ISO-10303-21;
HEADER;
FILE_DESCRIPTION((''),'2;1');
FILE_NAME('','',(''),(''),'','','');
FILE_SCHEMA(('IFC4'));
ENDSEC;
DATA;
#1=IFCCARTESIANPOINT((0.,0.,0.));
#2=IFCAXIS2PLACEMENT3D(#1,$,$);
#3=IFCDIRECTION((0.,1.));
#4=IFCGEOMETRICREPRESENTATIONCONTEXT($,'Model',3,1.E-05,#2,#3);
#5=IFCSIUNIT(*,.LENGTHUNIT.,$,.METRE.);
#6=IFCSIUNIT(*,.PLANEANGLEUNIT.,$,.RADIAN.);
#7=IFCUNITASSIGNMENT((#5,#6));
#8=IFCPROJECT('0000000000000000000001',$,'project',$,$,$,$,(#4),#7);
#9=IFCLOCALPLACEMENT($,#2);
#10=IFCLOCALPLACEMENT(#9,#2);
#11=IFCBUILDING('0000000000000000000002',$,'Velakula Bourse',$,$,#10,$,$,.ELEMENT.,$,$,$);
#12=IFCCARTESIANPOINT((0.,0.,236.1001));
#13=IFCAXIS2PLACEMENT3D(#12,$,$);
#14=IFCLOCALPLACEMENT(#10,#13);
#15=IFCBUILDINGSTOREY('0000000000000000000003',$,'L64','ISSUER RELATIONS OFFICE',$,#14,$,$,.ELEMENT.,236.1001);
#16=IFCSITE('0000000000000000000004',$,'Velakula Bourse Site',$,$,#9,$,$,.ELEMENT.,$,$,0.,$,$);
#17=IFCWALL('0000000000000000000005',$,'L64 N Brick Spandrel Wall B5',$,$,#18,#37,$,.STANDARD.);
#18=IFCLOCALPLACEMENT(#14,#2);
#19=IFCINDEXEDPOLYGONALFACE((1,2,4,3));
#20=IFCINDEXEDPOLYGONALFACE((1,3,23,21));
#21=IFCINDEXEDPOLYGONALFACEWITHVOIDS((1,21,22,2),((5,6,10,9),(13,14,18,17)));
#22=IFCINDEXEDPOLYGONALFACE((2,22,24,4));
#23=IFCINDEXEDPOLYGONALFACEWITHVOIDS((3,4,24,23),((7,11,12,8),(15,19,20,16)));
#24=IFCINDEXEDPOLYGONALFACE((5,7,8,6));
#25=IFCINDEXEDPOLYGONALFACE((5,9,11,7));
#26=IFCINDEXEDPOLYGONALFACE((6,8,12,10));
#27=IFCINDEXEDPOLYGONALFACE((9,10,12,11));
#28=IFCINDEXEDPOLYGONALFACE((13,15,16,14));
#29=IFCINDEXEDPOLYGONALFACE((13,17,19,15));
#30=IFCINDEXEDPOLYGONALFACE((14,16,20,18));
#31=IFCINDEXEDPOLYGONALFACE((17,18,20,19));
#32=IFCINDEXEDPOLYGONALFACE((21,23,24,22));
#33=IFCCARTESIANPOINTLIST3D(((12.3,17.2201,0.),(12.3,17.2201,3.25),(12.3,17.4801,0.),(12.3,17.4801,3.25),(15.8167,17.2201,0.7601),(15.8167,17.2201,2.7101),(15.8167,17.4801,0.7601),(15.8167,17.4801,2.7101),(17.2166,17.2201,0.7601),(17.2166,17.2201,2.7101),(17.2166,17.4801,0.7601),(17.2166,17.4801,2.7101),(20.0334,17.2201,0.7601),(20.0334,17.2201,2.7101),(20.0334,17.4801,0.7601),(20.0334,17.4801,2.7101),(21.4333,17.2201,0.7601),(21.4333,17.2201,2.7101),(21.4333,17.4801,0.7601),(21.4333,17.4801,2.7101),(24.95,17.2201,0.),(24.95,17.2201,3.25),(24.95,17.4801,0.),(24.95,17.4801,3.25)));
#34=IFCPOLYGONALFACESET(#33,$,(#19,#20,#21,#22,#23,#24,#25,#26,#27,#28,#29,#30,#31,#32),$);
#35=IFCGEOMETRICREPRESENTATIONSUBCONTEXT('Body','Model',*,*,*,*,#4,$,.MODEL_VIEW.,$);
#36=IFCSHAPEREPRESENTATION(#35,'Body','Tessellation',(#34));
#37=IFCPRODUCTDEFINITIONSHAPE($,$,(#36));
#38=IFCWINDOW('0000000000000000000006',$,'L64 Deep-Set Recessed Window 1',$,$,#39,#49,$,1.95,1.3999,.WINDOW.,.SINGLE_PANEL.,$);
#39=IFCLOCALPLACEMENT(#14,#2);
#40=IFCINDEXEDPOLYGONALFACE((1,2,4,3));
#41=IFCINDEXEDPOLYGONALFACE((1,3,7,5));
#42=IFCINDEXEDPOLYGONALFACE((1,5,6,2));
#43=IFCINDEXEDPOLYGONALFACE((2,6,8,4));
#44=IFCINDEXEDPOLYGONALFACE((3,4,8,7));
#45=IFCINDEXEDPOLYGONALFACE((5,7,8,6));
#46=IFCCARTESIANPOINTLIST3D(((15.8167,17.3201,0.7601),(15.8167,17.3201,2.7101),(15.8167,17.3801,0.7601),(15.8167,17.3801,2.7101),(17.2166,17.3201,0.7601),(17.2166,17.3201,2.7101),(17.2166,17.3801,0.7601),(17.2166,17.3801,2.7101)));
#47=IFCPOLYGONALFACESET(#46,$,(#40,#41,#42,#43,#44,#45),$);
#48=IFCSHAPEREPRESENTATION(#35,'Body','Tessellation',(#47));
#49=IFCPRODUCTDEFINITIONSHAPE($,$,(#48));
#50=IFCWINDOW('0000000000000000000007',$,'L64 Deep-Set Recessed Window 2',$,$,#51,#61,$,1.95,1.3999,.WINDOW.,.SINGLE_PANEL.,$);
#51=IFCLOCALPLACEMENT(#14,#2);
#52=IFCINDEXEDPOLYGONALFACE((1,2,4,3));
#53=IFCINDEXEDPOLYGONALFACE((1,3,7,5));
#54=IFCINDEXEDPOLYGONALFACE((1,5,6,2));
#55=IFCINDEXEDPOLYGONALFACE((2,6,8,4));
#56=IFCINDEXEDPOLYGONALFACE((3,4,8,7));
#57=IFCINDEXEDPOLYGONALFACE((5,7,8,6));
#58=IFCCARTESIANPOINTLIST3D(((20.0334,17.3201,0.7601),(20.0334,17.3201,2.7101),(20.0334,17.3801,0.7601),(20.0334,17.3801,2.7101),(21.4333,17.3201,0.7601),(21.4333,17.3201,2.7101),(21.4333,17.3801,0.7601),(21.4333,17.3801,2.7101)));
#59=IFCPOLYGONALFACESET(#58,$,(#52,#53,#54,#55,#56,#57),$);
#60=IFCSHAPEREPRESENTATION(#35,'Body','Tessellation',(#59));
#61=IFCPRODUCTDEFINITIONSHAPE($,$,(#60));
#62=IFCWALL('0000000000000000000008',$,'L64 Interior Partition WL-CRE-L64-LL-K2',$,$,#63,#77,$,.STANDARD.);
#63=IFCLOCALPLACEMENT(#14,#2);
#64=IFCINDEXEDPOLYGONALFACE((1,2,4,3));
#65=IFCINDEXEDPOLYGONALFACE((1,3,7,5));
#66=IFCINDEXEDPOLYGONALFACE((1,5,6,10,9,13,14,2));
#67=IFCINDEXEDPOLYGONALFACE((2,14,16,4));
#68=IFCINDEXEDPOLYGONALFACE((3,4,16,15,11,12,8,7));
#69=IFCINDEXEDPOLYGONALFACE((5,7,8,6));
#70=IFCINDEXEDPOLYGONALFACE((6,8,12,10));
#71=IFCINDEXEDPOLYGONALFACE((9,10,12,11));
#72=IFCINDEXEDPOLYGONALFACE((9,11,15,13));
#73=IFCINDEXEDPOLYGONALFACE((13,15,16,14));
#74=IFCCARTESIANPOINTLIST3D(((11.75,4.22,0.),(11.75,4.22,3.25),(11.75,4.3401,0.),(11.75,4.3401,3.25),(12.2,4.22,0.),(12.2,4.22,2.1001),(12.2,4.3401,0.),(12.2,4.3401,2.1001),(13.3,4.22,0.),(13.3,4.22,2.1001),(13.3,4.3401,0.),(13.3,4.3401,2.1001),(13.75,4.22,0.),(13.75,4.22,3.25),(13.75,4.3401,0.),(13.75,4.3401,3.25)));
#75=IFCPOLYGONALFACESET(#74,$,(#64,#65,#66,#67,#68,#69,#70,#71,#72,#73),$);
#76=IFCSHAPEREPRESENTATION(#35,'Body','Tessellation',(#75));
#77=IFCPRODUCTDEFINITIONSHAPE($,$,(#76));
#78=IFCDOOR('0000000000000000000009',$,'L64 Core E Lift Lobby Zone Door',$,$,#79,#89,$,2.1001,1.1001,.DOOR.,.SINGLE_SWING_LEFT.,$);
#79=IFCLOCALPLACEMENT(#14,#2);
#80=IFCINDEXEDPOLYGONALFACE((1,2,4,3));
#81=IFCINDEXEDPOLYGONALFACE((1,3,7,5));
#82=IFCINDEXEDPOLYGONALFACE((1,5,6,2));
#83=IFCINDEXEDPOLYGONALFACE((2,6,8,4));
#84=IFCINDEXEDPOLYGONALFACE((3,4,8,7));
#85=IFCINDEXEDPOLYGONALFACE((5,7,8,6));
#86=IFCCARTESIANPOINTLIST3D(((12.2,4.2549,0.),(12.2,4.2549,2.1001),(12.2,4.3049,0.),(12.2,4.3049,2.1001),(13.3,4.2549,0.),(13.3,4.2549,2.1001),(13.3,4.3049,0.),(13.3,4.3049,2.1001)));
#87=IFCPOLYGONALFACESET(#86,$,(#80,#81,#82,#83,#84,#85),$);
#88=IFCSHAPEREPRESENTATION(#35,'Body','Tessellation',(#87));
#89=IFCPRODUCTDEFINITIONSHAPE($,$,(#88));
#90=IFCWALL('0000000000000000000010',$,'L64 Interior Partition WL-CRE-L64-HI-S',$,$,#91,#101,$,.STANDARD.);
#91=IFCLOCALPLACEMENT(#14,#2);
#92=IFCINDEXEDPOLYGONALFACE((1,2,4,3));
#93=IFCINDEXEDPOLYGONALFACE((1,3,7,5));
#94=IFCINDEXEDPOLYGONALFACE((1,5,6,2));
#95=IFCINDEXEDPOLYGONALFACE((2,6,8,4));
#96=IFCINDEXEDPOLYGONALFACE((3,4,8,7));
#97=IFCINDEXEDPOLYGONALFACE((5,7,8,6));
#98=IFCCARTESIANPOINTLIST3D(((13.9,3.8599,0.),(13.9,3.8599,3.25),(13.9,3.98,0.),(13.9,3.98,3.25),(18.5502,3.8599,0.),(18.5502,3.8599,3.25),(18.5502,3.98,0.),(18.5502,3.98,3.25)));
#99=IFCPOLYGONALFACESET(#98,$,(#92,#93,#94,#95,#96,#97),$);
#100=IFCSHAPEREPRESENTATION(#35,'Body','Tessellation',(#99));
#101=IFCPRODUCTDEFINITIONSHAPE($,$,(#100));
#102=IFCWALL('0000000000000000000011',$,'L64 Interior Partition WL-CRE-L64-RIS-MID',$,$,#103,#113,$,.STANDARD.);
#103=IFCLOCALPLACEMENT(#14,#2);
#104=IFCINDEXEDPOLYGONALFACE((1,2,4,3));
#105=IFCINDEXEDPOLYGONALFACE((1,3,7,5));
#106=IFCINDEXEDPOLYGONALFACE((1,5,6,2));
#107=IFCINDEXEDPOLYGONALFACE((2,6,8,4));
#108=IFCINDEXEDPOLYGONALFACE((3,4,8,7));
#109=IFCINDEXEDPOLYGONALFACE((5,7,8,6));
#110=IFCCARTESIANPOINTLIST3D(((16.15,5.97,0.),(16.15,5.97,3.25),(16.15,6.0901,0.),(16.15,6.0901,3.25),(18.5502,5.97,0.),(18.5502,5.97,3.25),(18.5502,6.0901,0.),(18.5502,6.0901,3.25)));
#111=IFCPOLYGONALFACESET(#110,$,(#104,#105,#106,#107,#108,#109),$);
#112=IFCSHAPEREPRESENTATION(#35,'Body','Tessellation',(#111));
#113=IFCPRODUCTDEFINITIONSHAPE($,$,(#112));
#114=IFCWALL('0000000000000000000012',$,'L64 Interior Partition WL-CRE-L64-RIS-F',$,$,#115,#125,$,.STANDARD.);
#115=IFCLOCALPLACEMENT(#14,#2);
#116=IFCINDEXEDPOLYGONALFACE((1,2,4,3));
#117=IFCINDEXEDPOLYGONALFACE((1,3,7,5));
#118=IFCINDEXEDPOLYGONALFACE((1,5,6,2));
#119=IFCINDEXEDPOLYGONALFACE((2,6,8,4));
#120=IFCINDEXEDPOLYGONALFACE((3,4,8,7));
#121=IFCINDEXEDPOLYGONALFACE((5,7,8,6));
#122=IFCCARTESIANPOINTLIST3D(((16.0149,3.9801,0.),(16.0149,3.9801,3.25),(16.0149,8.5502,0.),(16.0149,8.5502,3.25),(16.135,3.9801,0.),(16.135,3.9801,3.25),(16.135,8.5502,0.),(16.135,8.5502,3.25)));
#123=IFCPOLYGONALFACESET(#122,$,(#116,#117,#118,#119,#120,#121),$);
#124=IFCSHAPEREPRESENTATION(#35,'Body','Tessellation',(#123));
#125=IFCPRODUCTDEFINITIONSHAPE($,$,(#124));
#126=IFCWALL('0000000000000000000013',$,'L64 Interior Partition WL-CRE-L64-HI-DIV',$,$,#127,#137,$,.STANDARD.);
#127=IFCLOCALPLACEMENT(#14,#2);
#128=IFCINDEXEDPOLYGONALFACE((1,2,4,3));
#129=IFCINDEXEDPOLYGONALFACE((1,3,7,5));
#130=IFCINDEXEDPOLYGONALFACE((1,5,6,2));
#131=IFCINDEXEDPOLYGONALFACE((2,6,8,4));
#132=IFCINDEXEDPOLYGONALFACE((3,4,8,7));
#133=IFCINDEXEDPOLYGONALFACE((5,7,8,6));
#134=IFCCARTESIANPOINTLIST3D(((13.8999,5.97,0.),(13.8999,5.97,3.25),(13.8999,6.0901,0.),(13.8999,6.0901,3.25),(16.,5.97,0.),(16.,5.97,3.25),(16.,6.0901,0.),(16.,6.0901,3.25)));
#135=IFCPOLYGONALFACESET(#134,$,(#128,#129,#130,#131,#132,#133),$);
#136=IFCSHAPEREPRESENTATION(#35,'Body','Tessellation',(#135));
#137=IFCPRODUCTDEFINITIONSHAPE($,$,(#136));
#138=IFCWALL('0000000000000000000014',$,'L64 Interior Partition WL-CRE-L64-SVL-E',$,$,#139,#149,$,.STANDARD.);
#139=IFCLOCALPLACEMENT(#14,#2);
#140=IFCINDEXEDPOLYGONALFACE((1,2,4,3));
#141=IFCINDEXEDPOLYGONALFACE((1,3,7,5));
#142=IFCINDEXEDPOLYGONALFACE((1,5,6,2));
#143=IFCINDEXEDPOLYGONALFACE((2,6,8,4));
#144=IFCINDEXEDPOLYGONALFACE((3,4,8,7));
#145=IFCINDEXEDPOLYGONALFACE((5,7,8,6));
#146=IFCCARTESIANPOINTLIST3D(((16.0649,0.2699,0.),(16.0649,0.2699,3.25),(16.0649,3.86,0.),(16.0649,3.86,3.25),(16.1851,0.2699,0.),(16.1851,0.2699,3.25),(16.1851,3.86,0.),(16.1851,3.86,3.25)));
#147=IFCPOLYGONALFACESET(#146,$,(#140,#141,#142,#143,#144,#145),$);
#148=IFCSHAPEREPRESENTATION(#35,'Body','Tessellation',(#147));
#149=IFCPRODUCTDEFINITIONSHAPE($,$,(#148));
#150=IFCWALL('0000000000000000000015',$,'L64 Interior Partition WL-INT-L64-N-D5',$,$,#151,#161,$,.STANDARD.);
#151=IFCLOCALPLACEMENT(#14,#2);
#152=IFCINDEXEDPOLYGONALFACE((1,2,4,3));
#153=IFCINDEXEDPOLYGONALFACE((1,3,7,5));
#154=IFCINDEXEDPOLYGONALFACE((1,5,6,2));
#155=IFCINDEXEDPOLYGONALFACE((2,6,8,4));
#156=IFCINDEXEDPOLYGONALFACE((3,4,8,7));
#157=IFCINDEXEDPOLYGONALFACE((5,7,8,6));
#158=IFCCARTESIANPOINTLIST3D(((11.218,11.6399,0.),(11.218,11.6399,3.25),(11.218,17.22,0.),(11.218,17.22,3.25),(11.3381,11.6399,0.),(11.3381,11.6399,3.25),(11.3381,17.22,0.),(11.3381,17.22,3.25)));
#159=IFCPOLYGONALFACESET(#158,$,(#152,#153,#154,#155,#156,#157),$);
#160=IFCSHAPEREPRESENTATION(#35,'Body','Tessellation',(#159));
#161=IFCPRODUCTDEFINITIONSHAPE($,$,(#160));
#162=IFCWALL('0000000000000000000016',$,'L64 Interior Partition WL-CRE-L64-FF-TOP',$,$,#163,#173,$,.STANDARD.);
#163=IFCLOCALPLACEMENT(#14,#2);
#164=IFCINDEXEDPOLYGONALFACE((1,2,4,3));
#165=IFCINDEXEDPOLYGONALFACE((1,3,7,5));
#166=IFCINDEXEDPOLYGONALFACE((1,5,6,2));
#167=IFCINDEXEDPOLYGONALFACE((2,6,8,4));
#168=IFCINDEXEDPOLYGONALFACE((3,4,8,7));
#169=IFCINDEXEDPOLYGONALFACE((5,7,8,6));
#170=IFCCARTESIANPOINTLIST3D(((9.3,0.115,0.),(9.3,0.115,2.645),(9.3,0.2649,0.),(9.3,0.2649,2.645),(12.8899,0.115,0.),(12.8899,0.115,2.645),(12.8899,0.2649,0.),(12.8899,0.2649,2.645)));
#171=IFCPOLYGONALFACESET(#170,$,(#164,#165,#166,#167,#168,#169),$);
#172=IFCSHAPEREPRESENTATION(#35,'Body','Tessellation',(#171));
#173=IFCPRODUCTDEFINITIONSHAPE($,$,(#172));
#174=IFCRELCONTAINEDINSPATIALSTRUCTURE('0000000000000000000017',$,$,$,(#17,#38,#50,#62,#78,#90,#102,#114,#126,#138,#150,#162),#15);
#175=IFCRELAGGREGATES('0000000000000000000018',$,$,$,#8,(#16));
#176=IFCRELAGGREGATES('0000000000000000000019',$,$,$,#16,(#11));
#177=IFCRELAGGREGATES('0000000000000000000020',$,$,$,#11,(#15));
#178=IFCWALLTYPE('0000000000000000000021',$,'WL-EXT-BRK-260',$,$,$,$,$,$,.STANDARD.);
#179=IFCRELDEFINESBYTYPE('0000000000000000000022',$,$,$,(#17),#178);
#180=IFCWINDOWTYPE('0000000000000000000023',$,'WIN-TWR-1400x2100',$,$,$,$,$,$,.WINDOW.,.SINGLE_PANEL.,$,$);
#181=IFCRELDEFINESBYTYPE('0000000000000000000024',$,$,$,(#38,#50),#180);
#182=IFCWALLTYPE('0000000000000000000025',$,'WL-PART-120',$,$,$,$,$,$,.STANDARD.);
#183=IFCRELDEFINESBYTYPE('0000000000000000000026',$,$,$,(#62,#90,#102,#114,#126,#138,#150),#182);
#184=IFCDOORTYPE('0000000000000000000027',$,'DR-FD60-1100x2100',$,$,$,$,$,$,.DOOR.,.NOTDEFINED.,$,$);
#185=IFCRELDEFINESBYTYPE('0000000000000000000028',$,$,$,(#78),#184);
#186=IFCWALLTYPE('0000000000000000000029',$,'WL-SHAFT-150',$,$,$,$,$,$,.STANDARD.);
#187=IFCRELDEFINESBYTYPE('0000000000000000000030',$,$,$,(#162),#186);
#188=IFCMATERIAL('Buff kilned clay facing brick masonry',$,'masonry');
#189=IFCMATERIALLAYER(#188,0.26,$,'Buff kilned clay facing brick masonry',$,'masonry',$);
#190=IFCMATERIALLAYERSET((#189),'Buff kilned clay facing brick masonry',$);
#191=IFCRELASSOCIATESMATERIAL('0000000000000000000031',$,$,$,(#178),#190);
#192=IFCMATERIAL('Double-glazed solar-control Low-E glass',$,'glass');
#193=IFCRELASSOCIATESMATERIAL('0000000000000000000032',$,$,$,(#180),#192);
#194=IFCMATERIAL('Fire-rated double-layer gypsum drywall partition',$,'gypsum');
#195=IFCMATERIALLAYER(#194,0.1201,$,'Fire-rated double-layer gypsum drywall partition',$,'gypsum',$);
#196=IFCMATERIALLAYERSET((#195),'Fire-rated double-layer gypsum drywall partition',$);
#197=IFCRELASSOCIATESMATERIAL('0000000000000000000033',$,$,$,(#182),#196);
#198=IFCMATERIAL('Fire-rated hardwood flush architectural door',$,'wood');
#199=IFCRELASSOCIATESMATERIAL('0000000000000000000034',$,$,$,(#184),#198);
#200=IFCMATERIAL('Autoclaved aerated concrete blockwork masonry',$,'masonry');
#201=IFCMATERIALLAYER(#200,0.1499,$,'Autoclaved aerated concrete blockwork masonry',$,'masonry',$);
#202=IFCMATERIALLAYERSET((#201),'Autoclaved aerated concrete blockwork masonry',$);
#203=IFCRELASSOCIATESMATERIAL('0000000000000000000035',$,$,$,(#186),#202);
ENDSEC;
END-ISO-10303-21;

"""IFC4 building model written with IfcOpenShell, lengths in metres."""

from ifc_helpers import new_model, si_unit, direction, frame, frame_2d, origin, place, context, subcontext, project, spatial, rectangle, extrude, material, layer, layer_set, type_object, element, fill, save


model = new_model("IFC4")

# Units and contexts
model_context = context("Model", 3, precision=1e-05, world=origin(), true_north=direction((0.0, 1.0)))
body_context = subcontext(model_context, "Body", "Model", "MODEL_VIEW")
ifc_project = project(units=[si_unit("LENGTHUNIT", "METRE"), si_unit("PLANEANGLEUNIT", "RADIAN")], contexts=[model_context])

# Site, building, storey
site_placement = place(None, origin())
site = spatial("IfcSite", under=ifc_project, at=site_placement, Name="Velakula Bourse Site", CompositionType="ELEMENT", RefElevation=0.0)
building_placement = place(site_placement, origin())
building = spatial("IfcBuilding", under=site, at=building_placement, Name="Velakula Bourse", CompositionType="ELEMENT")
storey_placement = place(building_placement, frame((0.0, 0.0, 236.1001)))
storey = spatial("IfcBuildingStorey", under=building, at=storey_placement, Name="L64", Description="ISSUER RELATIONS OFFICE", CompositionType="ELEMENT", Elevation=236.1001)

# Wall, openings, windows
ifc_material_1 = material(Name="Buff kilned clay facing brick masonry", Category="masonry")
ifc_layer_1 = layer(ifc_material_1, 0.26, Name="Buff kilned clay facing brick masonry", Category="masonry")
ifc_layer_set_1 = layer_set([ifc_layer_1], Name="Buff kilned clay facing brick masonry")
wall_type_1 = type_object("IfcWallType", Name="WL-EXT-BRK-260", PredefinedType="STANDARD", material=ifc_layer_set_1)
wall_1_placement = place(storey_placement, frame((12.3, 17.3501, 0.0), z_axis=(0.0, 0.0, 1.0), x_axis=(1.0, 0.0, 0.0)))
wall_1 = element("IfcWall", 1, at=wall_1_placement, inside=storey, type_object=wall_type_1, Name="L64 N Brick Spandrel Wall B5", PredefinedType="STANDARD", context=body_context, shape_type="SweptSolid", body=[
    extrude(rectangle(XDim=12.6499, YDim=0.26, at=frame_2d((6.325, 0.0))), origin(), (0.0, 0.0, 1.0), 3.25),
])
opening_1_placement = place(wall_1_placement, frame((3.5166, 0.0, 0.76)))
opening_1 = element("IfcOpeningElement", 2, at=opening_1_placement, cuts=wall_1, PredefinedType="OPENING", context=body_context, shape_type="SweptSolid", body=[
    extrude(rectangle(XDim=1.3999, YDim=1.95, at=frame_2d((0.7, 0.9751))), frame((0.0, 0.1399, 0.0), z_axis=(0.0, -1.0, 0.0), x_axis=(1.0, 0.0, 0.0)), (0.0, 0.0, 1.0), 0.28),
])
opening_2_placement = place(wall_1_placement, frame((7.7334, 0.0, 0.76)))
opening_2 = element("IfcOpeningElement", 3, at=opening_2_placement, cuts=wall_1, PredefinedType="OPENING", context=body_context, shape_type="SweptSolid", body=[
    extrude(rectangle(XDim=1.3999, YDim=1.95, at=frame_2d((0.7, 0.9751))), frame((0.0, 0.1399, 0.0), z_axis=(0.0, -1.0, 0.0), x_axis=(1.0, 0.0, 0.0)), (0.0, 0.0, 1.0), 0.28),
])
ifc_material_2 = material(Name="Double-glazed solar-control Low-E glass", Category="glass")
window_type = type_object("IfcWindowType", Name="WIN-TWR-1400x2100", PartitioningType="SINGLE_PANEL", PredefinedType="WINDOW", material=ifc_material_2)
window_1_placement = place(opening_1_placement, origin())
window_1 = element("IfcWindow", 4, at=window_1_placement, inside=storey, type_object=window_type, Name="L64 Deep-Set Recessed Window 1", OverallHeight=1.95, OverallWidth=1.3999, PartitioningType="SINGLE_PANEL", PredefinedType="WINDOW", context=body_context, shape_type="SweptSolid", body=[
    extrude(rectangle(XDim=1.3999, YDim=1.95, at=frame_2d((0.7, 0.9751))), frame((0.0, 0.03, 0.0), z_axis=(0.0, -1.0, 0.0), x_axis=(1.0, 0.0, 0.0)), (0.0, 0.0, 1.0), 0.0601),
])
fill(opening_1, window_1)
window_2_placement = place(opening_2_placement, origin())
window_2 = element("IfcWindow", 5, at=window_2_placement, inside=storey, type_object=window_type, Name="L64 Deep-Set Recessed Window 2", OverallHeight=1.95, OverallWidth=1.3999, PartitioningType="SINGLE_PANEL", PredefinedType="WINDOW", context=body_context, shape_type="SweptSolid", body=[
    extrude(rectangle(XDim=1.3999, YDim=1.95, at=frame_2d((0.7, 0.9751))), frame((0.0, 0.03, 0.0), z_axis=(0.0, -1.0, 0.0), x_axis=(1.0, 0.0, 0.0)), (0.0, 0.0, 1.0), 0.0601),
])
fill(opening_2, window_2)

# Wall, opening, door
ifc_material_3 = material(Name="Fire-rated double-layer gypsum drywall partition", Category="gypsum")
ifc_layer_2 = layer(ifc_material_3, 0.1201, Name="Fire-rated double-layer gypsum drywall partition", Category="gypsum")
ifc_layer_set_2 = layer_set([ifc_layer_2], Name="Fire-rated double-layer gypsum drywall partition")
wall_type_2 = type_object("IfcWallType", Name="WL-PART-120", PredefinedType="STANDARD", material=ifc_layer_set_2)
wall_2_placement = place(storey_placement, frame((11.75, 4.28, 0.0), z_axis=(0.0, 0.0, 1.0), x_axis=(1.0, 0.0, 0.0)))
wall_2 = element("IfcWall", 6, at=wall_2_placement, inside=storey, type_object=wall_type_2, Name="L64 Interior Partition WL-CRE-L64-LL-K2", PredefinedType="STANDARD", context=body_context, shape_type="SweptSolid", body=[
    extrude(rectangle(XDim=2.0, YDim=0.1201, at=frame_2d((1.0, 0.0))), origin(), (0.0, 0.0, 1.0), 3.25),
])
opening_3_placement = place(wall_2_placement, frame((0.45, 0.0, 0.0)))
opening_3 = element("IfcOpeningElement", 7, at=opening_3_placement, cuts=wall_2, PredefinedType="OPENING", context=body_context, shape_type="SweptSolid", body=[
    extrude(rectangle(XDim=1.1001, YDim=2.1001, at=frame_2d((0.55, 1.05))), frame((0.0, 0.0701, 0.0), z_axis=(0.0, -1.0, 0.0), x_axis=(1.0, 0.0, 0.0)), (0.0, 0.0, 1.0), 0.1401),
])
ifc_material_4 = material(Name="Fire-rated hardwood flush architectural door", Category="wood")
door_type_1 = type_object("IfcDoorType", Name="DR-FD60-1100x2100", OperationType="NOTDEFINED", PredefinedType="DOOR", material=ifc_material_4)
door_1_placement = place(opening_3_placement, origin())
door_1 = element("IfcDoor", 8, at=door_1_placement, inside=storey, type_object=door_type_1, Name="L64 Core E Lift Lobby Zone Door", OperationType="SINGLE_SWING_LEFT", OverallHeight=2.1001, OverallWidth=1.1001, PredefinedType="DOOR", context=body_context, shape_type="SweptSolid", body=[
    extrude(rectangle(XDim=1.1001, YDim=2.1001, at=frame_2d((0.55, 1.05))), frame((0.0, 0.0249, 0.0), z_axis=(0.0, -1.0, 0.0), x_axis=(1.0, 0.0, 0.0)), (0.0, 0.0, 1.0), 0.05),
])
fill(opening_3, door_1)

# Walls
wall_3_placement = place(storey_placement, frame((13.8999, 3.9199, 0.0), z_axis=(0.0, 0.0, 1.0), x_axis=(1.0, 0.0, 0.0)))
element("IfcWall", 9, at=wall_3_placement, inside=storey, type_object=wall_type_2, Name="L64 Interior Partition WL-CRE-L64-HI-S", PredefinedType="STANDARD", context=body_context, shape_type="SweptSolid", body=[
    extrude(rectangle(XDim=4.6501, YDim=0.1201, at=frame_2d((2.3252, 0.0))), origin(), (0.0, 0.0, 1.0), 3.25),
])
wall_4_placement = place(storey_placement, frame((16.1499, 6.03, 0.0), z_axis=(0.0, 0.0, 1.0), x_axis=(1.0, 0.0, 0.0)))
element("IfcWall", 10, at=wall_4_placement, inside=storey, type_object=wall_type_2, Name="L64 Interior Partition WL-CRE-L64-RIS-MID", PredefinedType="STANDARD", context=body_context, shape_type="SweptSolid", body=[
    extrude(rectangle(XDim=2.4001, YDim=0.1201, at=frame_2d((1.2002, 0.0))), origin(), (0.0, 0.0, 1.0), 3.25),
])
wall_5_placement = place(storey_placement, frame((16.075, 3.98, 0.0), z_axis=(0.0, 0.0, 1.0), x_axis=(0.0, 1.0, 0.0)))
element("IfcWall", 11, at=wall_5_placement, inside=storey, type_object=wall_type_2, Name="L64 Interior Partition WL-CRE-L64-RIS-F", PredefinedType="STANDARD", context=body_context, shape_type="SweptSolid", body=[
    extrude(rectangle(XDim=4.5701, YDim=0.1201, at=frame_2d((2.2852, 0.0))), origin(), (0.0, 0.0, 1.0), 3.25),
])
wall_6_placement = place(storey_placement, frame((13.8999, 6.03, 0.0), z_axis=(0.0, 0.0, 1.0), x_axis=(1.0, 0.0, 0.0)))
element("IfcWall", 12, at=wall_6_placement, inside=storey, type_object=wall_type_2, Name="L64 Interior Partition WL-CRE-L64-HI-DIV", PredefinedType="STANDARD", context=body_context, shape_type="SweptSolid", body=[
    extrude(rectangle(XDim=2.1001, YDim=0.1201, at=frame_2d((1.05, 0.0))), origin(), (0.0, 0.0, 1.0), 3.25),
])
wall_7_placement = place(storey_placement, frame((16.125, 0.27, 0.0), z_axis=(0.0, 0.0, 1.0), x_axis=(0.0, 1.0, 0.0)))
element("IfcWall", 13, at=wall_7_placement, inside=storey, type_object=wall_type_2, Name="L64 Interior Partition WL-CRE-L64-SVL-E", PredefinedType="STANDARD", context=body_context, shape_type="SweptSolid", body=[
    extrude(rectangle(XDim=3.5901, YDim=0.1201, at=frame_2d((1.7949, 0.0))), origin(), (0.0, 0.0, 1.0), 3.25),
])
wall_8_placement = place(storey_placement, frame((11.2781, 11.6399, 0.0), z_axis=(0.0, 0.0, 1.0), x_axis=(0.0, 1.0, 0.0)))
element("IfcWall", 14, at=wall_8_placement, inside=storey, type_object=wall_type_2, Name="L64 Interior Partition WL-INT-L64-N-D5", PredefinedType="STANDARD", context=body_context, shape_type="SweptSolid", body=[
    extrude(rectangle(XDim=5.5801, YDim=0.1201, at=frame_2d((2.79, 0.0))), origin(), (0.0, 0.0, 1.0), 3.25),
])
ifc_material_5 = material(Name="Autoclaved aerated concrete blockwork masonry", Category="masonry")
ifc_layer_3 = layer(ifc_material_5, 0.1499, Name="Autoclaved aerated concrete blockwork masonry", Category="masonry")
ifc_layer_set_3 = layer_set([ifc_layer_3], Name="Autoclaved aerated concrete blockwork masonry")
wall_type_3 = type_object("IfcWallType", Name="WL-SHAFT-150", PredefinedType="STANDARD", material=ifc_layer_set_3)
wall_9_placement = place(storey_placement, frame((9.3, 0.1899, 0.0), z_axis=(0.0, 0.0, 1.0), x_axis=(1.0, 0.0, 0.0)))
element("IfcWall", 15, at=wall_9_placement, inside=storey, type_object=wall_type_3, Name="L64 Interior Partition WL-CRE-L64-FF-TOP", PredefinedType="STANDARD", context=body_context, shape_type="SweptSolid", body=[
    extrude(rectangle(XDim=3.5898, YDim=0.1499, at=frame_2d((1.7949, 0.0))), origin(), (0.0, 0.0, 1.0), 2.645),
])

save(model, "model.ifc")
